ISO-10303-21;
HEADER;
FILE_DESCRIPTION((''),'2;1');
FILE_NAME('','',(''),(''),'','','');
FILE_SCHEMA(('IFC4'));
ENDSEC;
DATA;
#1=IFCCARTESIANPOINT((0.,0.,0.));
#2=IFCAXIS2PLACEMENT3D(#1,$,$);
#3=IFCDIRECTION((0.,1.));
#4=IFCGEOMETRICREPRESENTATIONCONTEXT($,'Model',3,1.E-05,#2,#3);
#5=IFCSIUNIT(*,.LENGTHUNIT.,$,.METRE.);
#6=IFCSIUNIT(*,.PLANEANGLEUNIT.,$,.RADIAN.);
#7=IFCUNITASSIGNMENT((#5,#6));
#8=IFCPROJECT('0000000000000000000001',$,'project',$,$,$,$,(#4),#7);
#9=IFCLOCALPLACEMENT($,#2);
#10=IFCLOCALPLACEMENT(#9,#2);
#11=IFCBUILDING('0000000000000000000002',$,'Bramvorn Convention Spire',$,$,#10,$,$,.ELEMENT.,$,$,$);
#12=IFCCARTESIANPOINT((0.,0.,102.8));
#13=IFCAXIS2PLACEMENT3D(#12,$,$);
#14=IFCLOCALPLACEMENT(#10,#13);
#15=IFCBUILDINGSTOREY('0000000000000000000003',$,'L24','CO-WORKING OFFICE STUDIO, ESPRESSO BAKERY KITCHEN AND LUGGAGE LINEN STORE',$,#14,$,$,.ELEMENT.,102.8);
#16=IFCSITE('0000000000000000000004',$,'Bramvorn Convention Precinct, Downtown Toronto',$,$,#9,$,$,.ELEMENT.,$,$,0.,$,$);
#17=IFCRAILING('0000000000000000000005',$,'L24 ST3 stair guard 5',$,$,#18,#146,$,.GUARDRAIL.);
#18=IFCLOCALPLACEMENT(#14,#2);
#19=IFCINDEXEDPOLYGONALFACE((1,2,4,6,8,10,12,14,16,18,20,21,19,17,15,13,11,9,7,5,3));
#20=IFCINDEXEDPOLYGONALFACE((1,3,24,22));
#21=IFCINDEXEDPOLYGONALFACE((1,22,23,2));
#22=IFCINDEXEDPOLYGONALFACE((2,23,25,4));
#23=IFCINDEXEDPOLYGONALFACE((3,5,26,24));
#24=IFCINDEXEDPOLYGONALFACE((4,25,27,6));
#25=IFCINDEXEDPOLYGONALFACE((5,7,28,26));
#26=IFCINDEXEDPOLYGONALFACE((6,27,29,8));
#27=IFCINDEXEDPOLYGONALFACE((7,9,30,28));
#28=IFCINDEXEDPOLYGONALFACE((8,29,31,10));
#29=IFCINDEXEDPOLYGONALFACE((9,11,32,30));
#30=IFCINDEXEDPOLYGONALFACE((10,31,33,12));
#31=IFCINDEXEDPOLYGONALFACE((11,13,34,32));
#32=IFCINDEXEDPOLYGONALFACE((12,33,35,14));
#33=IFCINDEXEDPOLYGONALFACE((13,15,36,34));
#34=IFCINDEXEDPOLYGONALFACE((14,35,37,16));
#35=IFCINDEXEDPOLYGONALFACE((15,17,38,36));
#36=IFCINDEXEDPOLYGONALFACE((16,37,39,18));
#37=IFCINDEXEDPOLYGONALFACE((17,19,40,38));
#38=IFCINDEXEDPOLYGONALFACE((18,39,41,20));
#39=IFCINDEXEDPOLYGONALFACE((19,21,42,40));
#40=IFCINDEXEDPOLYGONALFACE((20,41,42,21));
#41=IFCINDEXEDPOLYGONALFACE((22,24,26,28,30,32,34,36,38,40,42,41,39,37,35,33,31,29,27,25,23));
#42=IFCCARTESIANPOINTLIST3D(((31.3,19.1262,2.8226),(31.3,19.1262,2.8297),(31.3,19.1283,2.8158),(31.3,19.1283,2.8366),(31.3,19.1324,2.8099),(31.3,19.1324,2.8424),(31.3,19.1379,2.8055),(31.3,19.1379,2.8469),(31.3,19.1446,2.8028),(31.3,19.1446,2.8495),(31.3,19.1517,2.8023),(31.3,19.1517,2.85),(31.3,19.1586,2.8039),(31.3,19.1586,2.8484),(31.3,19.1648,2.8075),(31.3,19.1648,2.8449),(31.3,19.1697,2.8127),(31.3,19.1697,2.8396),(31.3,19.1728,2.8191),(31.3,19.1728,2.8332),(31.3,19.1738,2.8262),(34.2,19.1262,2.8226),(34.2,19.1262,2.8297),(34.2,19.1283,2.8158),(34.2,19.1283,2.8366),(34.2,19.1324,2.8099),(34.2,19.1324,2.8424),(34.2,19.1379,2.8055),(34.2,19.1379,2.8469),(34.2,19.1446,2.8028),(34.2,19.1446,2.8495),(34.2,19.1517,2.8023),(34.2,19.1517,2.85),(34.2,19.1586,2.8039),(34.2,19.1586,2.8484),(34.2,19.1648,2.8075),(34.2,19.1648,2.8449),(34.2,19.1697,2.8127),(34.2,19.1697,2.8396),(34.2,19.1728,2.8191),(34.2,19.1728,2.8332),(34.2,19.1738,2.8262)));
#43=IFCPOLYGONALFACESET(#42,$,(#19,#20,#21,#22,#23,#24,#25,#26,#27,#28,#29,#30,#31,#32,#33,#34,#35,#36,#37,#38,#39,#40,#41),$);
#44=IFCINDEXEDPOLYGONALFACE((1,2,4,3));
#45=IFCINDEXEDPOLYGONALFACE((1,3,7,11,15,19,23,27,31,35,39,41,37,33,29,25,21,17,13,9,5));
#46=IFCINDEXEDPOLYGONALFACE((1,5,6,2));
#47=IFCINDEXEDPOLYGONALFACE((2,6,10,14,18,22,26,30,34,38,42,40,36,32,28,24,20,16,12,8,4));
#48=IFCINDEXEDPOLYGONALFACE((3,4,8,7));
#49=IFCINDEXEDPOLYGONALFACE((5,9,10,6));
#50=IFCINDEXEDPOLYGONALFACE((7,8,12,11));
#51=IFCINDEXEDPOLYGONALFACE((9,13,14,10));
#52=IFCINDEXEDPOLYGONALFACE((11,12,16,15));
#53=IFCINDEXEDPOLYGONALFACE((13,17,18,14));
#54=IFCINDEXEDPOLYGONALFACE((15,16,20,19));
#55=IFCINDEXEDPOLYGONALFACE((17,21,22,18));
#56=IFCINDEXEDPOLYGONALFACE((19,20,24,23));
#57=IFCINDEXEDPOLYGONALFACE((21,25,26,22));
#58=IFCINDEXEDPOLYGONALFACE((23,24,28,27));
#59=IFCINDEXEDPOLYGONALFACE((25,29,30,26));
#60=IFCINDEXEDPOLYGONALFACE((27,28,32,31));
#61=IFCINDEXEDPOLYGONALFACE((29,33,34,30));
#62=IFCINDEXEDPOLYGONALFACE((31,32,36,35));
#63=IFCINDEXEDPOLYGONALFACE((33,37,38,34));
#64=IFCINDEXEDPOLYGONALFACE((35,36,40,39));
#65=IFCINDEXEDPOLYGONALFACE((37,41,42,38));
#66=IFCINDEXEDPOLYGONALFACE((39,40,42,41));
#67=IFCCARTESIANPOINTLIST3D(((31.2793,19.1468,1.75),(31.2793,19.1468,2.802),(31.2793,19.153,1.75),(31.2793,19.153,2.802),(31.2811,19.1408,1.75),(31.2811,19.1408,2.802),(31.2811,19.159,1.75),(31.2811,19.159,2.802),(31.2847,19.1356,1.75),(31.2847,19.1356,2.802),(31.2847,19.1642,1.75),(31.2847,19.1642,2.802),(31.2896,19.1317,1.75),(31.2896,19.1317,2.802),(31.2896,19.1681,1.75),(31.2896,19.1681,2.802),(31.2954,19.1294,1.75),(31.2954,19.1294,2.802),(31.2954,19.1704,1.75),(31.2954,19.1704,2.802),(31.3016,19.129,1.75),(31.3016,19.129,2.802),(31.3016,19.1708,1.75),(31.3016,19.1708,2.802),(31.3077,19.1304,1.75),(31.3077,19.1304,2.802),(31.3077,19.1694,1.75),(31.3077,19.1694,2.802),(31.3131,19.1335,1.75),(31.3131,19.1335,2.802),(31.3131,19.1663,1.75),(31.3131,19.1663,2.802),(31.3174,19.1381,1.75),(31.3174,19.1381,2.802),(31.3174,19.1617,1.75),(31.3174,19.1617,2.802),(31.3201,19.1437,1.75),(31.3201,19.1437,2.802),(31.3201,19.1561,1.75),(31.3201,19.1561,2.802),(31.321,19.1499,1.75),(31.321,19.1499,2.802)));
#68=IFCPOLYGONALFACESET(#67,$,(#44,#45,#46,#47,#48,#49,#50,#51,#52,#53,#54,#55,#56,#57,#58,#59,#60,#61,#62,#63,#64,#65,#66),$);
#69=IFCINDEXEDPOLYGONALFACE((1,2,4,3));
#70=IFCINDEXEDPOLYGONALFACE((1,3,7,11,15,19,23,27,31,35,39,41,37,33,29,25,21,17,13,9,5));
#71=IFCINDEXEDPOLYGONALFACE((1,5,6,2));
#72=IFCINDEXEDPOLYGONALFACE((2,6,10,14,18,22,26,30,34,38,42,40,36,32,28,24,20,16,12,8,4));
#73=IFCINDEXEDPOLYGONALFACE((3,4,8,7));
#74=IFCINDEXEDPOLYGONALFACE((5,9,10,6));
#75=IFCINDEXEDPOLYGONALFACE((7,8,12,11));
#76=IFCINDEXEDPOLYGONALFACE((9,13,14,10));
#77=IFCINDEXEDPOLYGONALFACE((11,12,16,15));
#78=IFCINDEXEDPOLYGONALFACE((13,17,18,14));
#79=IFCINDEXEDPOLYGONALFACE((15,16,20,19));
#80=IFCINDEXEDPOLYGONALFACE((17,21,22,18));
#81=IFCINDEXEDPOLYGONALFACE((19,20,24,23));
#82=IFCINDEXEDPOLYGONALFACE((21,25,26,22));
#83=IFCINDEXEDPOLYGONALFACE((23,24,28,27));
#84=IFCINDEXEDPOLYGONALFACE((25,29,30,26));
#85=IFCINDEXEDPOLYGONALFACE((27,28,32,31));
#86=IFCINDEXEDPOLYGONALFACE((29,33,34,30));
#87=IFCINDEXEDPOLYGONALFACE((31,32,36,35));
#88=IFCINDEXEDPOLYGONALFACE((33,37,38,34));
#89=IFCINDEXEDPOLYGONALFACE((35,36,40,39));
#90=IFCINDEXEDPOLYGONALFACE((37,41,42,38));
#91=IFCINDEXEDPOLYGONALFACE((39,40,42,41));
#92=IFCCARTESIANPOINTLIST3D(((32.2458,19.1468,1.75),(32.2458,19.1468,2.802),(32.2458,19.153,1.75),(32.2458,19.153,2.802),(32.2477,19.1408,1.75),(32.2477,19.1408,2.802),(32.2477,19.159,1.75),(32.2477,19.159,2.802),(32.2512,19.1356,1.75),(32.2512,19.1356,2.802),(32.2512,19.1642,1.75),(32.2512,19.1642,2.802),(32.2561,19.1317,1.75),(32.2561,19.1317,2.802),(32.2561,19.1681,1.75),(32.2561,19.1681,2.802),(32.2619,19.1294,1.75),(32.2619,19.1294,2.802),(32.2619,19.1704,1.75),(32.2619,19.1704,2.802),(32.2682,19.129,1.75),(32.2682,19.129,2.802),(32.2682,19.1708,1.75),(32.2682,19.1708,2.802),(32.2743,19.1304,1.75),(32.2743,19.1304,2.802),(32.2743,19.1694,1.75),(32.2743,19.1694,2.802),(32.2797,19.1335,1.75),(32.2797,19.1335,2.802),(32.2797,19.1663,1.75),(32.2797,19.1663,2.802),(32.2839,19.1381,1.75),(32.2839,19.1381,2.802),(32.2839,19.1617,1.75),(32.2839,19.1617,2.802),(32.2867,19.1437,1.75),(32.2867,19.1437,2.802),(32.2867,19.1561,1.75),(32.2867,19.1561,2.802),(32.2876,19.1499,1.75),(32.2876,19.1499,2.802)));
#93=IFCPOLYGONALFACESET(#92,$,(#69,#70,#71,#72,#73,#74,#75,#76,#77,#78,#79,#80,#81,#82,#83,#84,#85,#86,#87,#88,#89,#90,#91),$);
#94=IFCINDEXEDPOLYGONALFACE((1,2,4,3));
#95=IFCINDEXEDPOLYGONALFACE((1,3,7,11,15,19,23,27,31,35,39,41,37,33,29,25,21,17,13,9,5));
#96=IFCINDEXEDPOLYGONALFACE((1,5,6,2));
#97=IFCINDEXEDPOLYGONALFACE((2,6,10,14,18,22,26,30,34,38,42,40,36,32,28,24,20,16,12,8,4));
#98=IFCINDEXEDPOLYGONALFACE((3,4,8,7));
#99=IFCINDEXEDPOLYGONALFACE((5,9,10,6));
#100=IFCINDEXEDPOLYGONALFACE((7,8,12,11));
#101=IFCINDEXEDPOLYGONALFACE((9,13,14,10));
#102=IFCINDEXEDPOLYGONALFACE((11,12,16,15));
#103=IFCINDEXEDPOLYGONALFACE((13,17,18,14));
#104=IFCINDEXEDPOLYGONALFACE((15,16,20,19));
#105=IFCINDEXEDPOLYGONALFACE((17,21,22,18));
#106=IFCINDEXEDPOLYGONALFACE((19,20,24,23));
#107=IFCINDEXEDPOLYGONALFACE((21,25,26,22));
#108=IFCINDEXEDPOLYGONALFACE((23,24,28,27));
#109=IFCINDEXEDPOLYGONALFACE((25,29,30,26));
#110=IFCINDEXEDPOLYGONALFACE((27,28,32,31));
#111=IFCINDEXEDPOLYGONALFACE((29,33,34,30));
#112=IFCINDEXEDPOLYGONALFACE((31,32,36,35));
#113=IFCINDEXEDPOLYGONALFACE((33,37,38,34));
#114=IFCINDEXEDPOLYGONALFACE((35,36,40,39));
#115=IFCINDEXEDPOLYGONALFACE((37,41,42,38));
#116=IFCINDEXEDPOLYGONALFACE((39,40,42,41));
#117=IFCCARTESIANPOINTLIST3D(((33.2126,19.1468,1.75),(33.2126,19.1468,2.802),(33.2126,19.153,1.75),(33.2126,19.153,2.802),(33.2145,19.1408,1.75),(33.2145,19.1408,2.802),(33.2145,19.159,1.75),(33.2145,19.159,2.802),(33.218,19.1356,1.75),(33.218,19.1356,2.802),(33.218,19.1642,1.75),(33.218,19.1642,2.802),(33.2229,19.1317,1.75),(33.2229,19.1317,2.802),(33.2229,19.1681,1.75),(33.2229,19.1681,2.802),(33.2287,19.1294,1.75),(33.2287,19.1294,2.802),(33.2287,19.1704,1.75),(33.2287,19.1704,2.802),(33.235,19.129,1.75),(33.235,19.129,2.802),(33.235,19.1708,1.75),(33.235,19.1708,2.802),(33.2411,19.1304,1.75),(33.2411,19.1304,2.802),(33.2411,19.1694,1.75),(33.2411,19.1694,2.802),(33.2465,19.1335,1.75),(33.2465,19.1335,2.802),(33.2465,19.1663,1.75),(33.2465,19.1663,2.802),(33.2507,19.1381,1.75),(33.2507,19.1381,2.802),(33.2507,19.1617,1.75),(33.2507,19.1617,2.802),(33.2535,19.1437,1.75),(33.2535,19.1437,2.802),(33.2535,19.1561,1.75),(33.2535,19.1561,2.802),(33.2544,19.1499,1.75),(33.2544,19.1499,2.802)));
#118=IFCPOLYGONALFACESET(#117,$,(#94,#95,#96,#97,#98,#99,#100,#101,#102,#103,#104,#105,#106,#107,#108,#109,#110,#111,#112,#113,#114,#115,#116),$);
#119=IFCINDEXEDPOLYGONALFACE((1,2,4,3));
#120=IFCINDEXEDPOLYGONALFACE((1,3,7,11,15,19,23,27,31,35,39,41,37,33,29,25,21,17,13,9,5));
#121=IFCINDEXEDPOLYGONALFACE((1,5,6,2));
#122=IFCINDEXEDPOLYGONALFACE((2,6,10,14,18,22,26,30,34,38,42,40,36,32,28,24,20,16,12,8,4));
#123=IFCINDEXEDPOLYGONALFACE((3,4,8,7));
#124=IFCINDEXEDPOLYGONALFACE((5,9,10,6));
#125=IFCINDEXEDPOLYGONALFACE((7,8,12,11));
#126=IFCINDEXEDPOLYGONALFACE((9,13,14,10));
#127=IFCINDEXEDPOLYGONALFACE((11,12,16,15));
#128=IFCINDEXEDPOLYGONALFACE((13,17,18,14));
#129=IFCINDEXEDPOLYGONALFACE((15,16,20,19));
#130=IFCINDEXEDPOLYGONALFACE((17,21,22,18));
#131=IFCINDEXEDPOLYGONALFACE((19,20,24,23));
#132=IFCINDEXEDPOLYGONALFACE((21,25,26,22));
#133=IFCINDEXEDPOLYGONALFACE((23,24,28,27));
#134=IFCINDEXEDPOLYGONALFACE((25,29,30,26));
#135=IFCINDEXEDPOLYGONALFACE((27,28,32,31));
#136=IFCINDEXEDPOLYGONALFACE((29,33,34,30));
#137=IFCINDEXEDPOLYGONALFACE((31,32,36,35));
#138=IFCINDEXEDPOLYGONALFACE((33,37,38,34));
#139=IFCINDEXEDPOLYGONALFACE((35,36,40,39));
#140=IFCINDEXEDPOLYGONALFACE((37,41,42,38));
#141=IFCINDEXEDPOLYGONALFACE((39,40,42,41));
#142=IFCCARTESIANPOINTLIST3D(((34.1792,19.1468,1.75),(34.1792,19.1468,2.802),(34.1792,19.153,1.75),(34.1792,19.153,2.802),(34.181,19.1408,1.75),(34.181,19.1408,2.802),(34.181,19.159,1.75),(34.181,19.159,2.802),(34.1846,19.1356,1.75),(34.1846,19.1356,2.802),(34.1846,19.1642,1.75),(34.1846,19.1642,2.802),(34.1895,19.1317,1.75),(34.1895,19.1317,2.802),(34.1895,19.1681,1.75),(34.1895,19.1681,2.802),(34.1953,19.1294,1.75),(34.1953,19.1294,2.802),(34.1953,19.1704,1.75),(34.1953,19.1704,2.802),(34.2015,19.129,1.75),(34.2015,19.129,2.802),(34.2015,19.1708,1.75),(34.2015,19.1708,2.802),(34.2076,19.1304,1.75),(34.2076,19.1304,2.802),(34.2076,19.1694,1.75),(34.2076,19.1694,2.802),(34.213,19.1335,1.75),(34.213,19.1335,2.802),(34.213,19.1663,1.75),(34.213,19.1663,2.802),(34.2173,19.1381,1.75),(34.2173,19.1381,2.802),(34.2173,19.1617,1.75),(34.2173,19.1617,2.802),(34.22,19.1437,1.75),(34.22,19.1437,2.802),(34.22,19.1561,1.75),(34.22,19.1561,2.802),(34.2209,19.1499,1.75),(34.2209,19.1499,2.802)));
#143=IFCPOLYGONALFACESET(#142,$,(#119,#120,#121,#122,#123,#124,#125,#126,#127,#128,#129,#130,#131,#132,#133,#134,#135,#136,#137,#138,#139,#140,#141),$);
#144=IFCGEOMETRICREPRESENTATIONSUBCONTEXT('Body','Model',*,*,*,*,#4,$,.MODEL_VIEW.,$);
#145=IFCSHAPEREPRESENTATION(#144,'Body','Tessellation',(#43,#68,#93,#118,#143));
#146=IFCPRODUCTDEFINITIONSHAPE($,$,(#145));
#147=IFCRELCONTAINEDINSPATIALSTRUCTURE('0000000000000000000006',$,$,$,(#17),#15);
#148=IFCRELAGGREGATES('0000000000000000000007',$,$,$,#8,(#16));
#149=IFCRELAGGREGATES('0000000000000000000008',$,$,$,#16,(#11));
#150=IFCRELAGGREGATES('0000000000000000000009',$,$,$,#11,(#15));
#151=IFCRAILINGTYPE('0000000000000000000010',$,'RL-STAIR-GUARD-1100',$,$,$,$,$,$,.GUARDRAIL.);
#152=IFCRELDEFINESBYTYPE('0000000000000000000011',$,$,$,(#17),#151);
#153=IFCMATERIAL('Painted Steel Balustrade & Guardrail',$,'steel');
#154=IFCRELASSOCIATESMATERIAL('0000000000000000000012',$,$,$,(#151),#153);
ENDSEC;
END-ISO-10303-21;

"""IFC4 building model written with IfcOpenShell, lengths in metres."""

from ifc_helpers import new_model, si_unit, direction, frame, origin, origin_2d, place, context, subcontext, project, spatial, circle, extrude, material, type_object, element, save


model = new_model("IFC4")

# Units and contexts
model_context = context("Model", 3, precision=1e-05, world=origin(), true_north=direction((0.0, 1.0)))
body_context = subcontext(model_context, "Body", "Model", "MODEL_VIEW")
ifc_project = project(units=[si_unit("LENGTHUNIT", "METRE"), si_unit("PLANEANGLEUNIT", "RADIAN")], contexts=[model_context])

# Site, building, storey
site_placement = place(None, origin())
site = spatial("IfcSite", under=ifc_project, at=site_placement, Name="Bramvorn Convention Precinct, Downtown Toronto", CompositionType="ELEMENT", RefElevation=0.0)
building_placement = place(site_placement, origin())
building = spatial("IfcBuilding", under=site, at=building_placement, Name="Bramvorn Convention Spire", CompositionType="ELEMENT")
storey_placement = place(building_placement, frame((0.0, 0.0, 102.8)))
storey = spatial("IfcBuildingStorey", under=building, at=storey_placement, Name="L24", Description="CO-WORKING OFFICE STUDIO, ESPRESSO BAKERY KITCHEN AND LUGGAGE LINEN STORE", CompositionType="ELEMENT", Elevation=102.8)

# Railing
ifc_material_1 = material(Name="Painted Steel Balustrade & Guardrail", Category="steel")
railing_type_1 = type_object("IfcRailingType", Name="RL-STAIR-GUARD-1100", PredefinedType="GUARDRAIL", material=ifc_material_1)
railing_1_placement = place(storey_placement, frame((31.3, 19.1499, 1.75)))
element("IfcRailing", 1, at=railing_1_placement, inside=storey, type_object=railing_type_1, Name="L24 ST3 stair guard 5", PredefinedType="GUARDRAIL", context=body_context, shape_type="SweptSolid", body=[
    extrude(circle(Radius=0.0239, at=origin_2d()), frame((0.0, 0.0, 1.0762), z_axis=(1.0, 0.0, 0.0), x_axis=(0.0, 1.0, 0.0)), (0.0, 0.0, 1.0), 2.8999),
    extrude(circle(Radius=0.021, at=origin_2d()), origin(), (0.0, 0.0, 1.0), 1.052),
    extrude(circle(Radius=0.021, at=origin_2d()), frame((0.9666, 0.0, 0.0)), (0.0, 0.0, 1.0), 1.052),
    extrude(circle(Radius=0.021, at=origin_2d()), frame((1.9333, 0.0, 0.0)), (0.0, 0.0, 1.0), 1.052),
    extrude(circle(Radius=0.021, at=origin_2d()), frame((2.8999, 0.0, 0.0)), (0.0, 0.0, 1.0), 1.052),
])

save(model, "model.ifc")
